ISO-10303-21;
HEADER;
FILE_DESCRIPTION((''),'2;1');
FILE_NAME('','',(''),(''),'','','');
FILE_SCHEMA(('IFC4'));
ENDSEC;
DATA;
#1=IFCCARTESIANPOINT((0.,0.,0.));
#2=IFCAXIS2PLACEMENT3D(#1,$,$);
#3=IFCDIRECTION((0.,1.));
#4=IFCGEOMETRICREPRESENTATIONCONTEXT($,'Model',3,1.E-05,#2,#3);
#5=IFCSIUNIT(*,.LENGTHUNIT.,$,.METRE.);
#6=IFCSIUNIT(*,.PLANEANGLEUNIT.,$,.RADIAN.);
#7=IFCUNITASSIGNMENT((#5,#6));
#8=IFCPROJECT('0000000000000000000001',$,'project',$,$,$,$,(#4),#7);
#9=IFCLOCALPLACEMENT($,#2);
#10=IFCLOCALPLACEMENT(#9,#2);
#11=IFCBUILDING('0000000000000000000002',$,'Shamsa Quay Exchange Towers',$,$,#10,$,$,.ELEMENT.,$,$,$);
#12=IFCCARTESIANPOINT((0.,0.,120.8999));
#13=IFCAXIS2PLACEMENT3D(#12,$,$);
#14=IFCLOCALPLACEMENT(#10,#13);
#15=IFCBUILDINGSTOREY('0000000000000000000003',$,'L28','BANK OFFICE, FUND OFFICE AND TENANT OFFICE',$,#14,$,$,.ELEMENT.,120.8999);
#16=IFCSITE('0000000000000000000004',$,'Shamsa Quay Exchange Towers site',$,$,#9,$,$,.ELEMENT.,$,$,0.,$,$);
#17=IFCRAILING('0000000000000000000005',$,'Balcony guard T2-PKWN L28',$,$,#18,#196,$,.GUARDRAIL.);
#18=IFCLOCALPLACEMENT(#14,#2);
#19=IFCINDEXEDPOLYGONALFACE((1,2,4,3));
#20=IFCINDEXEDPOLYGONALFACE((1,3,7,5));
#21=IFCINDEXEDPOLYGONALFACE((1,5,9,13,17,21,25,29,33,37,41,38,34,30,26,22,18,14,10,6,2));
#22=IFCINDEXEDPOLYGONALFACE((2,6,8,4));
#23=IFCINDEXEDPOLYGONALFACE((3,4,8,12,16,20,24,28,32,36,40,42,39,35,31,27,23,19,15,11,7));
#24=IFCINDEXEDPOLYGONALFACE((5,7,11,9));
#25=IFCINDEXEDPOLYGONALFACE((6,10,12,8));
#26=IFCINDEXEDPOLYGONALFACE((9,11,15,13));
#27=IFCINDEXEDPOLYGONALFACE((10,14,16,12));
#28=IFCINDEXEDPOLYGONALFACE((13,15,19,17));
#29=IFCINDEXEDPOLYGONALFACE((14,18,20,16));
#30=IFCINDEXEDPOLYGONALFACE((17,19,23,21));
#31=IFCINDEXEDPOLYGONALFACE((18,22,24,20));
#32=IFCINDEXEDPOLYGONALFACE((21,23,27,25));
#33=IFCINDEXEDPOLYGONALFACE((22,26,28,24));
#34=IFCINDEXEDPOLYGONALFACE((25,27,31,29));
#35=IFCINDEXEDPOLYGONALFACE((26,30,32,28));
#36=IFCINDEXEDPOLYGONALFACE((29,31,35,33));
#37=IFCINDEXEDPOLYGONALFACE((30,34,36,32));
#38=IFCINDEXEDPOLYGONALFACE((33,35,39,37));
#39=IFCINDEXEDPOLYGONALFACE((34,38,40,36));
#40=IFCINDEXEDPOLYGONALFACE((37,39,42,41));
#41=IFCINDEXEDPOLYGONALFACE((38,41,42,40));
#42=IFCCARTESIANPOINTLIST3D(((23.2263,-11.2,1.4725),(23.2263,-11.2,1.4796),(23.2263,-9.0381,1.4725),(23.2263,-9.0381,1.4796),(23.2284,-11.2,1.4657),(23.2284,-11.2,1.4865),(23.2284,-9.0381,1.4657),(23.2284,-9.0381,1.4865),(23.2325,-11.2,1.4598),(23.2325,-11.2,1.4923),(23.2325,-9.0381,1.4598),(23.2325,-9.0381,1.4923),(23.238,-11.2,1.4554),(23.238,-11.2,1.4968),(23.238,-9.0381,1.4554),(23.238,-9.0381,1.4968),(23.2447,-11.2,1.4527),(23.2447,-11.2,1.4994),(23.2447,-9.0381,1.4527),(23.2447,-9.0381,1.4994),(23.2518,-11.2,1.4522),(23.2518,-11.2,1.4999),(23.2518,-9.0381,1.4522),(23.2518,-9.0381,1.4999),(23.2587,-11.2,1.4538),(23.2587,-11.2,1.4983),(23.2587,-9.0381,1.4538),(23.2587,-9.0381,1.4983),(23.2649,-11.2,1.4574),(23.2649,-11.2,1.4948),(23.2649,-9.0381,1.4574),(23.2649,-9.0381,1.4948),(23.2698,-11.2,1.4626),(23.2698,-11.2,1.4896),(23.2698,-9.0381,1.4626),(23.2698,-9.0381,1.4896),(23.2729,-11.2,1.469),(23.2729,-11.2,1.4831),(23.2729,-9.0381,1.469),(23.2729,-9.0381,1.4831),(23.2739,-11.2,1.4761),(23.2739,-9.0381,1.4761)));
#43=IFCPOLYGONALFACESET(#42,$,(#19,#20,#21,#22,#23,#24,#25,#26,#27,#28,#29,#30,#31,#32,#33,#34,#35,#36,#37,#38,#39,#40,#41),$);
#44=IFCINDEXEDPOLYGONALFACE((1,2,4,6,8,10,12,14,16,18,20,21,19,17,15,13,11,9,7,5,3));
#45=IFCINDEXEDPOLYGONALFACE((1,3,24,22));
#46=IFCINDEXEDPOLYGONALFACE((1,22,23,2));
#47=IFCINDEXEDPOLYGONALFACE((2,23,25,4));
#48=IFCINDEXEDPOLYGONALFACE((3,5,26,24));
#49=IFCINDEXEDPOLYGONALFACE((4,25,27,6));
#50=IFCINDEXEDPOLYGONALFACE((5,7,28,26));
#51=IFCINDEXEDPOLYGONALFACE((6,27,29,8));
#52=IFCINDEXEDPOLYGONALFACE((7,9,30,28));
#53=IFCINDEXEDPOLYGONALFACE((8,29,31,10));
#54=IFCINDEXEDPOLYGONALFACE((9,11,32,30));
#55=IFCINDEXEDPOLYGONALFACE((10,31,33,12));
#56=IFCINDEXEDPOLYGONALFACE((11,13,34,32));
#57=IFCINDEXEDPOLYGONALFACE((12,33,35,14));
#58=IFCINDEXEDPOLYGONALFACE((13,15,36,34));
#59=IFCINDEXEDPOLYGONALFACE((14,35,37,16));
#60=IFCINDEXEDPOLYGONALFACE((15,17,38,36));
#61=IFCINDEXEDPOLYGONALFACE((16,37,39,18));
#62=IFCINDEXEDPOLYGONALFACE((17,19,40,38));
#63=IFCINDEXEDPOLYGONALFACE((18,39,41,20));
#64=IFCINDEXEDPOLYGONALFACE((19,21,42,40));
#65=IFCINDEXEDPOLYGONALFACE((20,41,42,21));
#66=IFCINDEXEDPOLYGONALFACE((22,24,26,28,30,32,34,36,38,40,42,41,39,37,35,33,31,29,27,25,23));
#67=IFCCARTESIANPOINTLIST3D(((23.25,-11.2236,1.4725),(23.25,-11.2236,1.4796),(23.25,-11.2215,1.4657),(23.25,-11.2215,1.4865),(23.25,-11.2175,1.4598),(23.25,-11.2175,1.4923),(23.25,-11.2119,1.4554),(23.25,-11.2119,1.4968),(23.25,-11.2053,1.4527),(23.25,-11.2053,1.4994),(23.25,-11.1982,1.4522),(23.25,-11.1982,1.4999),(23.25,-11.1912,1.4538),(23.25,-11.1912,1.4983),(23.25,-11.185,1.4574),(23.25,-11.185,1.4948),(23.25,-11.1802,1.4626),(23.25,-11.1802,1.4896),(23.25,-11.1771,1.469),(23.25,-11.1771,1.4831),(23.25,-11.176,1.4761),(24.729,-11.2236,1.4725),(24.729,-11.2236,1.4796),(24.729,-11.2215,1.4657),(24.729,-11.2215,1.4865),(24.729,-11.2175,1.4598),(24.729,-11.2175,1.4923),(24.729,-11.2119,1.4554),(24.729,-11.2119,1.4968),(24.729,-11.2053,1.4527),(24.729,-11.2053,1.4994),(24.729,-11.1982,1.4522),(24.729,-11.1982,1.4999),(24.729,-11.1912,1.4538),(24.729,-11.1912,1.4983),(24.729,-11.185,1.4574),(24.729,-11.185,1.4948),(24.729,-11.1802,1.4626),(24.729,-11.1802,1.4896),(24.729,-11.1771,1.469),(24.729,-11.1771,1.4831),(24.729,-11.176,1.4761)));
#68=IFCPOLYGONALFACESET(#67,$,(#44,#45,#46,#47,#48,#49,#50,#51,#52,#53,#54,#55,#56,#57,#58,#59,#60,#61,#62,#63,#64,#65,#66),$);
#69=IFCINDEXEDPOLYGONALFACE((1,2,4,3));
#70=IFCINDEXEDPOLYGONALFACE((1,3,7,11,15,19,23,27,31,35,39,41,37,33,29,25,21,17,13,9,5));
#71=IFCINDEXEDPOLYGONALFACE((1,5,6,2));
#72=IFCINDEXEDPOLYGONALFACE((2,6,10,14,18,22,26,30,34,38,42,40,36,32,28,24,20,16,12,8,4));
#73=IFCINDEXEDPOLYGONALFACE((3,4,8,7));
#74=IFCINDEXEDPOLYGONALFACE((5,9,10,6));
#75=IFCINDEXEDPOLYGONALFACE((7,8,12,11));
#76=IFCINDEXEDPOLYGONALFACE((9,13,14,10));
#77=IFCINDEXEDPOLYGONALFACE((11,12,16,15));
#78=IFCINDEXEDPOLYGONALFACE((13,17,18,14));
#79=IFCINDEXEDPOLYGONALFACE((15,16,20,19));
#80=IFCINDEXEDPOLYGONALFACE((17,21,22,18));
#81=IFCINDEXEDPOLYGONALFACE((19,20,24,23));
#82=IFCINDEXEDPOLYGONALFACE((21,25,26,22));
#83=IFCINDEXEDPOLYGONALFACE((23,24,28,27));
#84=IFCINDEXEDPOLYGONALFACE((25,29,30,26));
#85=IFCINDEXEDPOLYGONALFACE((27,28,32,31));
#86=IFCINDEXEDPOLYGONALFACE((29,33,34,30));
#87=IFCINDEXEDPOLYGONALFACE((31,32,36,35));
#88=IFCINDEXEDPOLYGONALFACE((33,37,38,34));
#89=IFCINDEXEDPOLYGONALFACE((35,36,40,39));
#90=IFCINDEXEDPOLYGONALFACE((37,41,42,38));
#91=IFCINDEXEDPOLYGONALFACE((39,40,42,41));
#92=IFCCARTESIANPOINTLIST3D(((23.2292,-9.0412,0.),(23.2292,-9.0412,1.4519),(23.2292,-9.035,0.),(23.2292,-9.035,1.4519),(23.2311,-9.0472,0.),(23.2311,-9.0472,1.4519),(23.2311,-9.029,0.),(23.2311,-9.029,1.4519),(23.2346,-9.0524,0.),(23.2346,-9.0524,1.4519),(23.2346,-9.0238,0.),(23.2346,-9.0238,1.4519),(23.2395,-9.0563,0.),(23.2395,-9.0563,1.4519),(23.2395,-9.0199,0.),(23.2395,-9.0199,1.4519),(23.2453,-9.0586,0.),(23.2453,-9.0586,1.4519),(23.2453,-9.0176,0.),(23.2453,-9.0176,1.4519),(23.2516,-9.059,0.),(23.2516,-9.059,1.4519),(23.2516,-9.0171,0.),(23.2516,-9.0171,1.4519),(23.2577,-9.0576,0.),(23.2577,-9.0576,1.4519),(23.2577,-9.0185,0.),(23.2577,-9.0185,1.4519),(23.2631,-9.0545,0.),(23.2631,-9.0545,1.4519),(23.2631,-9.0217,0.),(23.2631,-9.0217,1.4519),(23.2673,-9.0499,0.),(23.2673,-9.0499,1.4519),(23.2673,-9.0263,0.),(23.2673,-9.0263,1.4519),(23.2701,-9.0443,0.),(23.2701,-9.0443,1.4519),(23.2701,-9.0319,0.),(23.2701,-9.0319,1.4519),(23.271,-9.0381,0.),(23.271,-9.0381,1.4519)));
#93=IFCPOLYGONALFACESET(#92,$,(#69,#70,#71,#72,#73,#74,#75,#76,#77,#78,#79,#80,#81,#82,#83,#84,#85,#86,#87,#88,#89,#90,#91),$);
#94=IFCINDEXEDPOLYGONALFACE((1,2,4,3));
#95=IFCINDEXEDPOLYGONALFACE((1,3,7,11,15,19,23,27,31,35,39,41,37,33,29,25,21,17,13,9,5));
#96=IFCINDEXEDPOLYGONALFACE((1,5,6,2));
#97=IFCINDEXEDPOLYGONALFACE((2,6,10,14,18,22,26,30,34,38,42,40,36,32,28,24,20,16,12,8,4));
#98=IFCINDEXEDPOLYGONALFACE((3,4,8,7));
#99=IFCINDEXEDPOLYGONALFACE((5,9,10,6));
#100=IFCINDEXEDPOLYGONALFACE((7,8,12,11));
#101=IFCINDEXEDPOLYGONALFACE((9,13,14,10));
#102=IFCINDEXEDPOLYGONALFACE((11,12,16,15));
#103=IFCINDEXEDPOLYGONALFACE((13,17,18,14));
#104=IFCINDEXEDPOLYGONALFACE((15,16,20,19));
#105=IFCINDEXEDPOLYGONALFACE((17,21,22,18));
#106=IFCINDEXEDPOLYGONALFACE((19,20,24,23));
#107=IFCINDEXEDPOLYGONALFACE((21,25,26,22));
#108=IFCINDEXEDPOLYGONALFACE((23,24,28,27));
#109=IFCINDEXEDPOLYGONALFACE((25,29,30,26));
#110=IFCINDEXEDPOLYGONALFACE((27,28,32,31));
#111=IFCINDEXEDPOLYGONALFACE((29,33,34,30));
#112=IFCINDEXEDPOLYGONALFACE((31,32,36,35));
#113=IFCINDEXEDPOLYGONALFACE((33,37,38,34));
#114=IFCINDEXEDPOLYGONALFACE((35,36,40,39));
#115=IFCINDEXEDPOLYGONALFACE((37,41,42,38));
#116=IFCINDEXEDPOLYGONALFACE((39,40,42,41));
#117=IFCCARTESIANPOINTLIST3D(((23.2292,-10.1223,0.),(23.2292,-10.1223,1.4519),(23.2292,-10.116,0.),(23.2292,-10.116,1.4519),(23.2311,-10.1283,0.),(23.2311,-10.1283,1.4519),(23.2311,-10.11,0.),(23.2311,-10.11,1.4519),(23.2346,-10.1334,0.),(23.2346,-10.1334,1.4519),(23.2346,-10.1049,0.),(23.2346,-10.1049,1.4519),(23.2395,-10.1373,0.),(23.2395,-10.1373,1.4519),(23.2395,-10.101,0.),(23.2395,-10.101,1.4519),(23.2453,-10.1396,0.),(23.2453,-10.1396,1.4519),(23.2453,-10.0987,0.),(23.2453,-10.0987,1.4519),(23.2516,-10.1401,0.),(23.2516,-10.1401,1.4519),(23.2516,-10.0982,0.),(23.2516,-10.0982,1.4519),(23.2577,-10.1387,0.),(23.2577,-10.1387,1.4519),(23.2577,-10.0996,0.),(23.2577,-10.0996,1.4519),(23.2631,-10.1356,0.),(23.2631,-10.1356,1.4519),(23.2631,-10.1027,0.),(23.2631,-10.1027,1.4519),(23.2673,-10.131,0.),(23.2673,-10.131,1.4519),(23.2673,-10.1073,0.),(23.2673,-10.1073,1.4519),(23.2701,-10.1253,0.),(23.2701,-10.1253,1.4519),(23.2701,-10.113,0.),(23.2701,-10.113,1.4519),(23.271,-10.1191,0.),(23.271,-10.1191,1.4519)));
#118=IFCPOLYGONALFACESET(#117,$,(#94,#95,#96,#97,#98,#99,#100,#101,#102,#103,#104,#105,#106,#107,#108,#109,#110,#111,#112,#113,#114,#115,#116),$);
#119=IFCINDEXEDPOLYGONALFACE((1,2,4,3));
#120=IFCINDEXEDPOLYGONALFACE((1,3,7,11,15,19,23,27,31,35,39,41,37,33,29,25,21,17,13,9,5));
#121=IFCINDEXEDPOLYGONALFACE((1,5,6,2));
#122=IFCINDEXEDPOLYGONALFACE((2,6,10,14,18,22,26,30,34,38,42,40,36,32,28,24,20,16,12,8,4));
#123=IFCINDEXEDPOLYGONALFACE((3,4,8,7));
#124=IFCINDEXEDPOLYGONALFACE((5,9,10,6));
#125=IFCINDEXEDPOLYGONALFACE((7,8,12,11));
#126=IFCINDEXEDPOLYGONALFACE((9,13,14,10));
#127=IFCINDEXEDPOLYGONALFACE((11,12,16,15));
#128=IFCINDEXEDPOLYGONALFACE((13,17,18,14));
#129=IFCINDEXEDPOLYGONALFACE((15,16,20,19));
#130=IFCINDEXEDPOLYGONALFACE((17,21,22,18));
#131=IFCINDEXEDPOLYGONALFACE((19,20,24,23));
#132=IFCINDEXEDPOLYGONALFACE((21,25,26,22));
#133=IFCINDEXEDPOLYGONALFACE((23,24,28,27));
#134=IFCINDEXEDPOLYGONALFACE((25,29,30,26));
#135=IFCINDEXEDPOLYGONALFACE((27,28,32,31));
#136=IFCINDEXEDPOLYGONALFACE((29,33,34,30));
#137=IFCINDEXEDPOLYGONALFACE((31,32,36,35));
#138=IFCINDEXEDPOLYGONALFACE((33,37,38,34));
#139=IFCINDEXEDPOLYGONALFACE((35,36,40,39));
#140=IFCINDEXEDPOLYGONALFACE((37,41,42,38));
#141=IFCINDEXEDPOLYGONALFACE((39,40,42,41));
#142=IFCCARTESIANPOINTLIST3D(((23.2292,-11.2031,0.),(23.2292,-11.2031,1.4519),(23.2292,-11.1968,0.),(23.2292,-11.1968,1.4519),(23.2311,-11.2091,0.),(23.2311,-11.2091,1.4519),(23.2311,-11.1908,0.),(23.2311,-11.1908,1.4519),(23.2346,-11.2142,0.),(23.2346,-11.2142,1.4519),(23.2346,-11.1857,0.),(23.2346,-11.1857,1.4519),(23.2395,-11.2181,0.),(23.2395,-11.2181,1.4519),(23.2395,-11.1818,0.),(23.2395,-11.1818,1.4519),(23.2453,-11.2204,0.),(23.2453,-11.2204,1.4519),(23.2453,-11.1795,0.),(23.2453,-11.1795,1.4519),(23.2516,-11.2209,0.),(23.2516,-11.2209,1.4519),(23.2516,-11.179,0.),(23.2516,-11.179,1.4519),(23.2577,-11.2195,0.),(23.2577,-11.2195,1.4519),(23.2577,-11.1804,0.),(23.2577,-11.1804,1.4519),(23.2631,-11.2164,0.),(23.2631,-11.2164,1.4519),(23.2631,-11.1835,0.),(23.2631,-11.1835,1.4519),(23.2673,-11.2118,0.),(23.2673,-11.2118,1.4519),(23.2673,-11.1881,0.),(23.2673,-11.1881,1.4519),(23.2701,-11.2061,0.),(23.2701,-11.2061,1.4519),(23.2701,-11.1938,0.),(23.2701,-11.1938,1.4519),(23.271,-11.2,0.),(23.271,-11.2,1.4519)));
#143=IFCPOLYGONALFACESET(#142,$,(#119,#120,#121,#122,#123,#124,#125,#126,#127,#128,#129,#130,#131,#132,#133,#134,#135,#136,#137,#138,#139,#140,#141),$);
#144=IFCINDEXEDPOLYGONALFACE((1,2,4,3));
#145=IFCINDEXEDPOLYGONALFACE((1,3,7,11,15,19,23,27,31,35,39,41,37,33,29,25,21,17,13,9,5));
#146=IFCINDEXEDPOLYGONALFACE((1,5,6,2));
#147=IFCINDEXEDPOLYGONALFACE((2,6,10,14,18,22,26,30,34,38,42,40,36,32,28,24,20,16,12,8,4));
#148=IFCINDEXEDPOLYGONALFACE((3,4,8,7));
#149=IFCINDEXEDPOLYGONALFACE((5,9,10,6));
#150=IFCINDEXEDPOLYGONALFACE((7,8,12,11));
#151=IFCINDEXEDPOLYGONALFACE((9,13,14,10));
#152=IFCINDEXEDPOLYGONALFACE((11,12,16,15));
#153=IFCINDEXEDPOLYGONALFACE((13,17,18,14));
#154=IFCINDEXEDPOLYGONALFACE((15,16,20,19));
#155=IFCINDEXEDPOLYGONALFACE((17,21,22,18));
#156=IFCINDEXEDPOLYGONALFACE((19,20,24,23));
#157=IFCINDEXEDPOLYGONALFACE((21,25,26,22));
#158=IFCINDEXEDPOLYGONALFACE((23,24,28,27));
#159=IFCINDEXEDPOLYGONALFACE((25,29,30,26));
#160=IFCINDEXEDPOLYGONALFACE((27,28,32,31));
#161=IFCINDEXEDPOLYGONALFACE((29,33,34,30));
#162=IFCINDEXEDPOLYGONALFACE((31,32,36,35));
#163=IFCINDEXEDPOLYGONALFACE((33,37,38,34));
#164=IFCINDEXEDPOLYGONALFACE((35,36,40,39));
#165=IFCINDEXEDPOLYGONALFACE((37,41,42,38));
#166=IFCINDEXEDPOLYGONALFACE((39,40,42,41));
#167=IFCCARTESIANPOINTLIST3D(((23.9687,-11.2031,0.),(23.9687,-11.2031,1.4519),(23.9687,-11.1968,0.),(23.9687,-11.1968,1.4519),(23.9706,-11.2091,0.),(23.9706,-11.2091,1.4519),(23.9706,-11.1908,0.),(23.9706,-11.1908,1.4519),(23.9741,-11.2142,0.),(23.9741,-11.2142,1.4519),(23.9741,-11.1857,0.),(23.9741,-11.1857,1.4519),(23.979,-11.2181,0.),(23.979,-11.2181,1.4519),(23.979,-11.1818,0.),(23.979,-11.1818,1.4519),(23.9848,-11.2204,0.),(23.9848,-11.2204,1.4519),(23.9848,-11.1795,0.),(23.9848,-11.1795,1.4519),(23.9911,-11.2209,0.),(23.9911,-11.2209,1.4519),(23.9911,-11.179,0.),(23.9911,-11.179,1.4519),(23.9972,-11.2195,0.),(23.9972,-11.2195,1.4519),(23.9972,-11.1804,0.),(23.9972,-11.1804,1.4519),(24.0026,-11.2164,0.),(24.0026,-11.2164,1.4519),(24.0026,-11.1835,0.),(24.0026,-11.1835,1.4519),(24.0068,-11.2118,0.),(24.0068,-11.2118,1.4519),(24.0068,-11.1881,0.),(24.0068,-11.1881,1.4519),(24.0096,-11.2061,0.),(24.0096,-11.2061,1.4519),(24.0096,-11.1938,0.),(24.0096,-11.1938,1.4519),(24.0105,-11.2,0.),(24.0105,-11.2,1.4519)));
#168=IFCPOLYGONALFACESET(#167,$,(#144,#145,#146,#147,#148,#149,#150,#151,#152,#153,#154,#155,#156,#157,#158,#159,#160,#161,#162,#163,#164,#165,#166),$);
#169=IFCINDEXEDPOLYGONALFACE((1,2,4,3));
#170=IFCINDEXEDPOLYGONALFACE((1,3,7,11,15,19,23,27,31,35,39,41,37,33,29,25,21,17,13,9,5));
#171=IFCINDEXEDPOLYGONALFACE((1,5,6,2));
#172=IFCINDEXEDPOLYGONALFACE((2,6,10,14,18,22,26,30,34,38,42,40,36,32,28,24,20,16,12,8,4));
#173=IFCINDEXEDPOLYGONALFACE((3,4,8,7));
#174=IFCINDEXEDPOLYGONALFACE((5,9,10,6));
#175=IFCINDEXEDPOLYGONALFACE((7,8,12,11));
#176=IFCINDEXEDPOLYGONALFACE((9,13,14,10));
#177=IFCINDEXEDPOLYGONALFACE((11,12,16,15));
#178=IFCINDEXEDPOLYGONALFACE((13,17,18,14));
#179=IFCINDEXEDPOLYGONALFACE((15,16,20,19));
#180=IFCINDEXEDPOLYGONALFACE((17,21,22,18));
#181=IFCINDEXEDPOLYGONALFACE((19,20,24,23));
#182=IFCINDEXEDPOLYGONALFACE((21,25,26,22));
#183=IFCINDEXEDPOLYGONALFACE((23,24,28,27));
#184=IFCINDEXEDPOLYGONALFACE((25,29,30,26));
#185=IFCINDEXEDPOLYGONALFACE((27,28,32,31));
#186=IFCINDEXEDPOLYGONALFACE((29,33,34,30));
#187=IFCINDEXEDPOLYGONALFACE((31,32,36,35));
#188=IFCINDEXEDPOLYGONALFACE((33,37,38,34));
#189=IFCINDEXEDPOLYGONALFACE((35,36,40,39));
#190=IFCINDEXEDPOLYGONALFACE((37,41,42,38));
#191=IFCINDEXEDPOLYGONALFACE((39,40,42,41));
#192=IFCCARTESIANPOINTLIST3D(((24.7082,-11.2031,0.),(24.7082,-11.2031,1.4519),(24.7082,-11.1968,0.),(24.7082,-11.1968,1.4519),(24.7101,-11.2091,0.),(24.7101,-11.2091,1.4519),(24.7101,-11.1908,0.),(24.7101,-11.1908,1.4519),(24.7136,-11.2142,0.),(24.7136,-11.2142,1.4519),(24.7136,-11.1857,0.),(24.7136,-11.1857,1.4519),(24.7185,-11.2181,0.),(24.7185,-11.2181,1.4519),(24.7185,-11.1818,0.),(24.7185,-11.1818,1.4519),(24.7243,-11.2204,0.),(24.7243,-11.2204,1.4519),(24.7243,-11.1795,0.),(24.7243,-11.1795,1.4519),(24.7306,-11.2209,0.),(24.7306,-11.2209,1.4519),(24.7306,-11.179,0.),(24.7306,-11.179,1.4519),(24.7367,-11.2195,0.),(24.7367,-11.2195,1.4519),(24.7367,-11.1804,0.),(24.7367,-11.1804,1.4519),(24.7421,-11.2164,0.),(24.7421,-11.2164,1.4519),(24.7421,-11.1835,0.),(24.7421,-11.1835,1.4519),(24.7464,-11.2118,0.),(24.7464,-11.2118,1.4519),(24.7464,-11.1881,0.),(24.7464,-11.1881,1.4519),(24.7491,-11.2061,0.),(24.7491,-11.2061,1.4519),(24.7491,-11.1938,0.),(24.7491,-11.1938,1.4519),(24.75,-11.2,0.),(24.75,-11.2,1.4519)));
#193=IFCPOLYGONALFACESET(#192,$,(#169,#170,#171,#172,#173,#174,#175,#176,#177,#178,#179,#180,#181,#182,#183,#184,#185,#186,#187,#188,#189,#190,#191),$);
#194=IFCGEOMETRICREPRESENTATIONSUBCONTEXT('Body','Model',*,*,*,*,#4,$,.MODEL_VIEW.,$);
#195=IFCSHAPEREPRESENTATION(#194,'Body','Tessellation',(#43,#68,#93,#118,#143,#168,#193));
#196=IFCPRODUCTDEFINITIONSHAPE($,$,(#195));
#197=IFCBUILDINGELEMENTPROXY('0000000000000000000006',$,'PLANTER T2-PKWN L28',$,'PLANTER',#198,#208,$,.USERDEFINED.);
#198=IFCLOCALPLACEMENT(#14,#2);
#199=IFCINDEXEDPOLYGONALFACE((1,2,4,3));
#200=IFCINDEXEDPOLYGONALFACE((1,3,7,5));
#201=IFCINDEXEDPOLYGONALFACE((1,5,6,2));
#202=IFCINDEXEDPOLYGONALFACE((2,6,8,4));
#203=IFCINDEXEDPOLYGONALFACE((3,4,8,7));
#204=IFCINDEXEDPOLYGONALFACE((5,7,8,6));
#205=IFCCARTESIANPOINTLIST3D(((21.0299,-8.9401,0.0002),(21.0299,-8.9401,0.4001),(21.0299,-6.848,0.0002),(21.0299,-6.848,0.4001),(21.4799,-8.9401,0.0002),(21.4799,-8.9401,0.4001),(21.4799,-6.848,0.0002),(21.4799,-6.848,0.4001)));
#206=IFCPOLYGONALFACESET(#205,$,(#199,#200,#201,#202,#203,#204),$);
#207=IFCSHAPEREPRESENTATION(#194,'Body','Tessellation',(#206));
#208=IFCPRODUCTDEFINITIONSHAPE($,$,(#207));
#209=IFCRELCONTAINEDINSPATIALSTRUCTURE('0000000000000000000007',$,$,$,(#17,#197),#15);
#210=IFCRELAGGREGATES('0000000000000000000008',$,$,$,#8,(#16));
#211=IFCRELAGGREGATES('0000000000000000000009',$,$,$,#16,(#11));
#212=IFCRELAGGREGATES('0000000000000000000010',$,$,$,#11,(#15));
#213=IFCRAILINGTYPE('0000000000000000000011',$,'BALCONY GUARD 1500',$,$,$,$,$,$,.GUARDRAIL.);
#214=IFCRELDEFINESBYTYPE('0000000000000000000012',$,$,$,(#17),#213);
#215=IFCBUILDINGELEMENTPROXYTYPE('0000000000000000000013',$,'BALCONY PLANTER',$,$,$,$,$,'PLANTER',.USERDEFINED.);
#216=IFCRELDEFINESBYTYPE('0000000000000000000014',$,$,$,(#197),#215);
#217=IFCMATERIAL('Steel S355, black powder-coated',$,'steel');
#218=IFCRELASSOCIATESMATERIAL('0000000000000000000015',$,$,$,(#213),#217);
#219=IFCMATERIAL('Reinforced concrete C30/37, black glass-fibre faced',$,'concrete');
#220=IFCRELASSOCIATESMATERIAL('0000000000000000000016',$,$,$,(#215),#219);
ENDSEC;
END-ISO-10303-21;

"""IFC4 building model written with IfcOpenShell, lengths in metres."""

from ifc_helpers import new_model, si_unit, direction, frame, origin, origin_2d, place, context, subcontext, project, spatial, rectangle, circle, extrude, material, type_object, element, save


model = new_model("IFC4")

# Units and contexts
model_context = context("Model", 3, precision=1e-05, world=origin(), true_north=direction((0.0, 1.0)))
body_context = subcontext(model_context, "Body", "Model", "MODEL_VIEW")
ifc_project = project(units=[si_unit("LENGTHUNIT", "METRE"), si_unit("PLANEANGLEUNIT", "RADIAN")], contexts=[model_context])

# Site, building, storey
site_placement = place(None, origin())
site = spatial("IfcSite", under=ifc_project, at=site_placement, Name="Shamsa Quay Exchange Towers site", CompositionType="ELEMENT", RefElevation=0.0)
building_placement = place(site_placement, origin())
building = spatial("IfcBuilding", under=site, at=building_placement, Name="Shamsa Quay Exchange Towers", CompositionType="ELEMENT")
storey_placement = place(building_placement, frame((0.0, 0.0, 120.8999)))
storey = spatial("IfcBuildingStorey", under=building, at=storey_placement, Name="L28", Description="BANK OFFICE, FUND OFFICE AND TENANT OFFICE", CompositionType="ELEMENT", Elevation=120.8999)

# Railing
ifc_material_1 = material(Name="Steel S355, black powder-coated", Category="steel")
railing_type = type_object("IfcRailingType", Name="BALCONY GUARD 1500", PredefinedType="GUARDRAIL", material=ifc_material_1)
for number, where, name in (
    (1, (23.25, -9.0381, 0.0), "Balcony guard T2-PKWN L28"),
):
    element("IfcRailing", number, at=place(storey_placement, frame(where)), inside=storey, type_object=railing_type, Name=name, PredefinedType="GUARDRAIL", context=body_context, shape_type="SweptSolid", body=[
        extrude(circle(Radius=0.0239, at=origin_2d()), frame((0.0, 0.0, 1.4761), z_axis=(0.0, -1.0, 0.0), x_axis=(1.0, 0.0, 0.0)), (0.0, 0.0, 1.0), 2.1619),
        extrude(circle(Radius=0.0239, at=origin_2d()), frame((0.0, -2.1619, 1.4761), z_axis=(1.0, 0.0, 0.0), x_axis=(0.0, 1.0, 0.0)), (0.0, 0.0, 1.0), 1.479),
        extrude(circle(Radius=0.021, at=origin_2d()), origin(), (0.0, 0.0, 1.0), 1.4519),
        extrude(circle(Radius=0.021, at=origin_2d()), frame((0.0, -1.0811, 0.0)), (0.0, 0.0, 1.0), 1.4519),
        extrude(circle(Radius=0.021, at=origin_2d()), frame((0.0, -2.1619, 0.0)), (0.0, 0.0, 1.0), 1.4519),
        extrude(circle(Radius=0.021, at=origin_2d()), frame((0.7395, -2.1619, 0.0)), (0.0, 0.0, 1.0), 1.4519),
        extrude(circle(Radius=0.021, at=origin_2d()), frame((1.479, -2.1619, 0.0)), (0.0, 0.0, 1.0), 1.4519),
    ])

# Building element proxy
ifc_material_2 = material(Name="Reinforced concrete C30/37, black glass-fibre faced", Category="concrete")
building_element_proxy_type = type_object("IfcBuildingElementProxyType", Name="BALCONY PLANTER", ElementType="PLANTER", PredefinedType="USERDEFINED", material=ifc_material_2)
for number, where, z_axis, x_axis, name in (
    (2, (21.2549, -7.894, 0.0002), (0.0, 0.0, 1.0), (0.0, -1.0, 0.0), "PLANTER T2-PKWN L28"),
):
    element("IfcBuildingElementProxy", number, at=place(storey_placement, frame(where, z_axis=z_axis, x_axis=x_axis)), inside=storey, type_object=building_element_proxy_type, Name=name, ObjectType="PLANTER", PredefinedType="USERDEFINED", context=body_context, shape_type="SweptSolid", body=[
        extrude(rectangle(XDim=2.092, YDim=0.45, at=origin_2d()), origin(), (0.0, 0.0, 1.0), 0.3999),
    ])

save(model, "model.ifc")
